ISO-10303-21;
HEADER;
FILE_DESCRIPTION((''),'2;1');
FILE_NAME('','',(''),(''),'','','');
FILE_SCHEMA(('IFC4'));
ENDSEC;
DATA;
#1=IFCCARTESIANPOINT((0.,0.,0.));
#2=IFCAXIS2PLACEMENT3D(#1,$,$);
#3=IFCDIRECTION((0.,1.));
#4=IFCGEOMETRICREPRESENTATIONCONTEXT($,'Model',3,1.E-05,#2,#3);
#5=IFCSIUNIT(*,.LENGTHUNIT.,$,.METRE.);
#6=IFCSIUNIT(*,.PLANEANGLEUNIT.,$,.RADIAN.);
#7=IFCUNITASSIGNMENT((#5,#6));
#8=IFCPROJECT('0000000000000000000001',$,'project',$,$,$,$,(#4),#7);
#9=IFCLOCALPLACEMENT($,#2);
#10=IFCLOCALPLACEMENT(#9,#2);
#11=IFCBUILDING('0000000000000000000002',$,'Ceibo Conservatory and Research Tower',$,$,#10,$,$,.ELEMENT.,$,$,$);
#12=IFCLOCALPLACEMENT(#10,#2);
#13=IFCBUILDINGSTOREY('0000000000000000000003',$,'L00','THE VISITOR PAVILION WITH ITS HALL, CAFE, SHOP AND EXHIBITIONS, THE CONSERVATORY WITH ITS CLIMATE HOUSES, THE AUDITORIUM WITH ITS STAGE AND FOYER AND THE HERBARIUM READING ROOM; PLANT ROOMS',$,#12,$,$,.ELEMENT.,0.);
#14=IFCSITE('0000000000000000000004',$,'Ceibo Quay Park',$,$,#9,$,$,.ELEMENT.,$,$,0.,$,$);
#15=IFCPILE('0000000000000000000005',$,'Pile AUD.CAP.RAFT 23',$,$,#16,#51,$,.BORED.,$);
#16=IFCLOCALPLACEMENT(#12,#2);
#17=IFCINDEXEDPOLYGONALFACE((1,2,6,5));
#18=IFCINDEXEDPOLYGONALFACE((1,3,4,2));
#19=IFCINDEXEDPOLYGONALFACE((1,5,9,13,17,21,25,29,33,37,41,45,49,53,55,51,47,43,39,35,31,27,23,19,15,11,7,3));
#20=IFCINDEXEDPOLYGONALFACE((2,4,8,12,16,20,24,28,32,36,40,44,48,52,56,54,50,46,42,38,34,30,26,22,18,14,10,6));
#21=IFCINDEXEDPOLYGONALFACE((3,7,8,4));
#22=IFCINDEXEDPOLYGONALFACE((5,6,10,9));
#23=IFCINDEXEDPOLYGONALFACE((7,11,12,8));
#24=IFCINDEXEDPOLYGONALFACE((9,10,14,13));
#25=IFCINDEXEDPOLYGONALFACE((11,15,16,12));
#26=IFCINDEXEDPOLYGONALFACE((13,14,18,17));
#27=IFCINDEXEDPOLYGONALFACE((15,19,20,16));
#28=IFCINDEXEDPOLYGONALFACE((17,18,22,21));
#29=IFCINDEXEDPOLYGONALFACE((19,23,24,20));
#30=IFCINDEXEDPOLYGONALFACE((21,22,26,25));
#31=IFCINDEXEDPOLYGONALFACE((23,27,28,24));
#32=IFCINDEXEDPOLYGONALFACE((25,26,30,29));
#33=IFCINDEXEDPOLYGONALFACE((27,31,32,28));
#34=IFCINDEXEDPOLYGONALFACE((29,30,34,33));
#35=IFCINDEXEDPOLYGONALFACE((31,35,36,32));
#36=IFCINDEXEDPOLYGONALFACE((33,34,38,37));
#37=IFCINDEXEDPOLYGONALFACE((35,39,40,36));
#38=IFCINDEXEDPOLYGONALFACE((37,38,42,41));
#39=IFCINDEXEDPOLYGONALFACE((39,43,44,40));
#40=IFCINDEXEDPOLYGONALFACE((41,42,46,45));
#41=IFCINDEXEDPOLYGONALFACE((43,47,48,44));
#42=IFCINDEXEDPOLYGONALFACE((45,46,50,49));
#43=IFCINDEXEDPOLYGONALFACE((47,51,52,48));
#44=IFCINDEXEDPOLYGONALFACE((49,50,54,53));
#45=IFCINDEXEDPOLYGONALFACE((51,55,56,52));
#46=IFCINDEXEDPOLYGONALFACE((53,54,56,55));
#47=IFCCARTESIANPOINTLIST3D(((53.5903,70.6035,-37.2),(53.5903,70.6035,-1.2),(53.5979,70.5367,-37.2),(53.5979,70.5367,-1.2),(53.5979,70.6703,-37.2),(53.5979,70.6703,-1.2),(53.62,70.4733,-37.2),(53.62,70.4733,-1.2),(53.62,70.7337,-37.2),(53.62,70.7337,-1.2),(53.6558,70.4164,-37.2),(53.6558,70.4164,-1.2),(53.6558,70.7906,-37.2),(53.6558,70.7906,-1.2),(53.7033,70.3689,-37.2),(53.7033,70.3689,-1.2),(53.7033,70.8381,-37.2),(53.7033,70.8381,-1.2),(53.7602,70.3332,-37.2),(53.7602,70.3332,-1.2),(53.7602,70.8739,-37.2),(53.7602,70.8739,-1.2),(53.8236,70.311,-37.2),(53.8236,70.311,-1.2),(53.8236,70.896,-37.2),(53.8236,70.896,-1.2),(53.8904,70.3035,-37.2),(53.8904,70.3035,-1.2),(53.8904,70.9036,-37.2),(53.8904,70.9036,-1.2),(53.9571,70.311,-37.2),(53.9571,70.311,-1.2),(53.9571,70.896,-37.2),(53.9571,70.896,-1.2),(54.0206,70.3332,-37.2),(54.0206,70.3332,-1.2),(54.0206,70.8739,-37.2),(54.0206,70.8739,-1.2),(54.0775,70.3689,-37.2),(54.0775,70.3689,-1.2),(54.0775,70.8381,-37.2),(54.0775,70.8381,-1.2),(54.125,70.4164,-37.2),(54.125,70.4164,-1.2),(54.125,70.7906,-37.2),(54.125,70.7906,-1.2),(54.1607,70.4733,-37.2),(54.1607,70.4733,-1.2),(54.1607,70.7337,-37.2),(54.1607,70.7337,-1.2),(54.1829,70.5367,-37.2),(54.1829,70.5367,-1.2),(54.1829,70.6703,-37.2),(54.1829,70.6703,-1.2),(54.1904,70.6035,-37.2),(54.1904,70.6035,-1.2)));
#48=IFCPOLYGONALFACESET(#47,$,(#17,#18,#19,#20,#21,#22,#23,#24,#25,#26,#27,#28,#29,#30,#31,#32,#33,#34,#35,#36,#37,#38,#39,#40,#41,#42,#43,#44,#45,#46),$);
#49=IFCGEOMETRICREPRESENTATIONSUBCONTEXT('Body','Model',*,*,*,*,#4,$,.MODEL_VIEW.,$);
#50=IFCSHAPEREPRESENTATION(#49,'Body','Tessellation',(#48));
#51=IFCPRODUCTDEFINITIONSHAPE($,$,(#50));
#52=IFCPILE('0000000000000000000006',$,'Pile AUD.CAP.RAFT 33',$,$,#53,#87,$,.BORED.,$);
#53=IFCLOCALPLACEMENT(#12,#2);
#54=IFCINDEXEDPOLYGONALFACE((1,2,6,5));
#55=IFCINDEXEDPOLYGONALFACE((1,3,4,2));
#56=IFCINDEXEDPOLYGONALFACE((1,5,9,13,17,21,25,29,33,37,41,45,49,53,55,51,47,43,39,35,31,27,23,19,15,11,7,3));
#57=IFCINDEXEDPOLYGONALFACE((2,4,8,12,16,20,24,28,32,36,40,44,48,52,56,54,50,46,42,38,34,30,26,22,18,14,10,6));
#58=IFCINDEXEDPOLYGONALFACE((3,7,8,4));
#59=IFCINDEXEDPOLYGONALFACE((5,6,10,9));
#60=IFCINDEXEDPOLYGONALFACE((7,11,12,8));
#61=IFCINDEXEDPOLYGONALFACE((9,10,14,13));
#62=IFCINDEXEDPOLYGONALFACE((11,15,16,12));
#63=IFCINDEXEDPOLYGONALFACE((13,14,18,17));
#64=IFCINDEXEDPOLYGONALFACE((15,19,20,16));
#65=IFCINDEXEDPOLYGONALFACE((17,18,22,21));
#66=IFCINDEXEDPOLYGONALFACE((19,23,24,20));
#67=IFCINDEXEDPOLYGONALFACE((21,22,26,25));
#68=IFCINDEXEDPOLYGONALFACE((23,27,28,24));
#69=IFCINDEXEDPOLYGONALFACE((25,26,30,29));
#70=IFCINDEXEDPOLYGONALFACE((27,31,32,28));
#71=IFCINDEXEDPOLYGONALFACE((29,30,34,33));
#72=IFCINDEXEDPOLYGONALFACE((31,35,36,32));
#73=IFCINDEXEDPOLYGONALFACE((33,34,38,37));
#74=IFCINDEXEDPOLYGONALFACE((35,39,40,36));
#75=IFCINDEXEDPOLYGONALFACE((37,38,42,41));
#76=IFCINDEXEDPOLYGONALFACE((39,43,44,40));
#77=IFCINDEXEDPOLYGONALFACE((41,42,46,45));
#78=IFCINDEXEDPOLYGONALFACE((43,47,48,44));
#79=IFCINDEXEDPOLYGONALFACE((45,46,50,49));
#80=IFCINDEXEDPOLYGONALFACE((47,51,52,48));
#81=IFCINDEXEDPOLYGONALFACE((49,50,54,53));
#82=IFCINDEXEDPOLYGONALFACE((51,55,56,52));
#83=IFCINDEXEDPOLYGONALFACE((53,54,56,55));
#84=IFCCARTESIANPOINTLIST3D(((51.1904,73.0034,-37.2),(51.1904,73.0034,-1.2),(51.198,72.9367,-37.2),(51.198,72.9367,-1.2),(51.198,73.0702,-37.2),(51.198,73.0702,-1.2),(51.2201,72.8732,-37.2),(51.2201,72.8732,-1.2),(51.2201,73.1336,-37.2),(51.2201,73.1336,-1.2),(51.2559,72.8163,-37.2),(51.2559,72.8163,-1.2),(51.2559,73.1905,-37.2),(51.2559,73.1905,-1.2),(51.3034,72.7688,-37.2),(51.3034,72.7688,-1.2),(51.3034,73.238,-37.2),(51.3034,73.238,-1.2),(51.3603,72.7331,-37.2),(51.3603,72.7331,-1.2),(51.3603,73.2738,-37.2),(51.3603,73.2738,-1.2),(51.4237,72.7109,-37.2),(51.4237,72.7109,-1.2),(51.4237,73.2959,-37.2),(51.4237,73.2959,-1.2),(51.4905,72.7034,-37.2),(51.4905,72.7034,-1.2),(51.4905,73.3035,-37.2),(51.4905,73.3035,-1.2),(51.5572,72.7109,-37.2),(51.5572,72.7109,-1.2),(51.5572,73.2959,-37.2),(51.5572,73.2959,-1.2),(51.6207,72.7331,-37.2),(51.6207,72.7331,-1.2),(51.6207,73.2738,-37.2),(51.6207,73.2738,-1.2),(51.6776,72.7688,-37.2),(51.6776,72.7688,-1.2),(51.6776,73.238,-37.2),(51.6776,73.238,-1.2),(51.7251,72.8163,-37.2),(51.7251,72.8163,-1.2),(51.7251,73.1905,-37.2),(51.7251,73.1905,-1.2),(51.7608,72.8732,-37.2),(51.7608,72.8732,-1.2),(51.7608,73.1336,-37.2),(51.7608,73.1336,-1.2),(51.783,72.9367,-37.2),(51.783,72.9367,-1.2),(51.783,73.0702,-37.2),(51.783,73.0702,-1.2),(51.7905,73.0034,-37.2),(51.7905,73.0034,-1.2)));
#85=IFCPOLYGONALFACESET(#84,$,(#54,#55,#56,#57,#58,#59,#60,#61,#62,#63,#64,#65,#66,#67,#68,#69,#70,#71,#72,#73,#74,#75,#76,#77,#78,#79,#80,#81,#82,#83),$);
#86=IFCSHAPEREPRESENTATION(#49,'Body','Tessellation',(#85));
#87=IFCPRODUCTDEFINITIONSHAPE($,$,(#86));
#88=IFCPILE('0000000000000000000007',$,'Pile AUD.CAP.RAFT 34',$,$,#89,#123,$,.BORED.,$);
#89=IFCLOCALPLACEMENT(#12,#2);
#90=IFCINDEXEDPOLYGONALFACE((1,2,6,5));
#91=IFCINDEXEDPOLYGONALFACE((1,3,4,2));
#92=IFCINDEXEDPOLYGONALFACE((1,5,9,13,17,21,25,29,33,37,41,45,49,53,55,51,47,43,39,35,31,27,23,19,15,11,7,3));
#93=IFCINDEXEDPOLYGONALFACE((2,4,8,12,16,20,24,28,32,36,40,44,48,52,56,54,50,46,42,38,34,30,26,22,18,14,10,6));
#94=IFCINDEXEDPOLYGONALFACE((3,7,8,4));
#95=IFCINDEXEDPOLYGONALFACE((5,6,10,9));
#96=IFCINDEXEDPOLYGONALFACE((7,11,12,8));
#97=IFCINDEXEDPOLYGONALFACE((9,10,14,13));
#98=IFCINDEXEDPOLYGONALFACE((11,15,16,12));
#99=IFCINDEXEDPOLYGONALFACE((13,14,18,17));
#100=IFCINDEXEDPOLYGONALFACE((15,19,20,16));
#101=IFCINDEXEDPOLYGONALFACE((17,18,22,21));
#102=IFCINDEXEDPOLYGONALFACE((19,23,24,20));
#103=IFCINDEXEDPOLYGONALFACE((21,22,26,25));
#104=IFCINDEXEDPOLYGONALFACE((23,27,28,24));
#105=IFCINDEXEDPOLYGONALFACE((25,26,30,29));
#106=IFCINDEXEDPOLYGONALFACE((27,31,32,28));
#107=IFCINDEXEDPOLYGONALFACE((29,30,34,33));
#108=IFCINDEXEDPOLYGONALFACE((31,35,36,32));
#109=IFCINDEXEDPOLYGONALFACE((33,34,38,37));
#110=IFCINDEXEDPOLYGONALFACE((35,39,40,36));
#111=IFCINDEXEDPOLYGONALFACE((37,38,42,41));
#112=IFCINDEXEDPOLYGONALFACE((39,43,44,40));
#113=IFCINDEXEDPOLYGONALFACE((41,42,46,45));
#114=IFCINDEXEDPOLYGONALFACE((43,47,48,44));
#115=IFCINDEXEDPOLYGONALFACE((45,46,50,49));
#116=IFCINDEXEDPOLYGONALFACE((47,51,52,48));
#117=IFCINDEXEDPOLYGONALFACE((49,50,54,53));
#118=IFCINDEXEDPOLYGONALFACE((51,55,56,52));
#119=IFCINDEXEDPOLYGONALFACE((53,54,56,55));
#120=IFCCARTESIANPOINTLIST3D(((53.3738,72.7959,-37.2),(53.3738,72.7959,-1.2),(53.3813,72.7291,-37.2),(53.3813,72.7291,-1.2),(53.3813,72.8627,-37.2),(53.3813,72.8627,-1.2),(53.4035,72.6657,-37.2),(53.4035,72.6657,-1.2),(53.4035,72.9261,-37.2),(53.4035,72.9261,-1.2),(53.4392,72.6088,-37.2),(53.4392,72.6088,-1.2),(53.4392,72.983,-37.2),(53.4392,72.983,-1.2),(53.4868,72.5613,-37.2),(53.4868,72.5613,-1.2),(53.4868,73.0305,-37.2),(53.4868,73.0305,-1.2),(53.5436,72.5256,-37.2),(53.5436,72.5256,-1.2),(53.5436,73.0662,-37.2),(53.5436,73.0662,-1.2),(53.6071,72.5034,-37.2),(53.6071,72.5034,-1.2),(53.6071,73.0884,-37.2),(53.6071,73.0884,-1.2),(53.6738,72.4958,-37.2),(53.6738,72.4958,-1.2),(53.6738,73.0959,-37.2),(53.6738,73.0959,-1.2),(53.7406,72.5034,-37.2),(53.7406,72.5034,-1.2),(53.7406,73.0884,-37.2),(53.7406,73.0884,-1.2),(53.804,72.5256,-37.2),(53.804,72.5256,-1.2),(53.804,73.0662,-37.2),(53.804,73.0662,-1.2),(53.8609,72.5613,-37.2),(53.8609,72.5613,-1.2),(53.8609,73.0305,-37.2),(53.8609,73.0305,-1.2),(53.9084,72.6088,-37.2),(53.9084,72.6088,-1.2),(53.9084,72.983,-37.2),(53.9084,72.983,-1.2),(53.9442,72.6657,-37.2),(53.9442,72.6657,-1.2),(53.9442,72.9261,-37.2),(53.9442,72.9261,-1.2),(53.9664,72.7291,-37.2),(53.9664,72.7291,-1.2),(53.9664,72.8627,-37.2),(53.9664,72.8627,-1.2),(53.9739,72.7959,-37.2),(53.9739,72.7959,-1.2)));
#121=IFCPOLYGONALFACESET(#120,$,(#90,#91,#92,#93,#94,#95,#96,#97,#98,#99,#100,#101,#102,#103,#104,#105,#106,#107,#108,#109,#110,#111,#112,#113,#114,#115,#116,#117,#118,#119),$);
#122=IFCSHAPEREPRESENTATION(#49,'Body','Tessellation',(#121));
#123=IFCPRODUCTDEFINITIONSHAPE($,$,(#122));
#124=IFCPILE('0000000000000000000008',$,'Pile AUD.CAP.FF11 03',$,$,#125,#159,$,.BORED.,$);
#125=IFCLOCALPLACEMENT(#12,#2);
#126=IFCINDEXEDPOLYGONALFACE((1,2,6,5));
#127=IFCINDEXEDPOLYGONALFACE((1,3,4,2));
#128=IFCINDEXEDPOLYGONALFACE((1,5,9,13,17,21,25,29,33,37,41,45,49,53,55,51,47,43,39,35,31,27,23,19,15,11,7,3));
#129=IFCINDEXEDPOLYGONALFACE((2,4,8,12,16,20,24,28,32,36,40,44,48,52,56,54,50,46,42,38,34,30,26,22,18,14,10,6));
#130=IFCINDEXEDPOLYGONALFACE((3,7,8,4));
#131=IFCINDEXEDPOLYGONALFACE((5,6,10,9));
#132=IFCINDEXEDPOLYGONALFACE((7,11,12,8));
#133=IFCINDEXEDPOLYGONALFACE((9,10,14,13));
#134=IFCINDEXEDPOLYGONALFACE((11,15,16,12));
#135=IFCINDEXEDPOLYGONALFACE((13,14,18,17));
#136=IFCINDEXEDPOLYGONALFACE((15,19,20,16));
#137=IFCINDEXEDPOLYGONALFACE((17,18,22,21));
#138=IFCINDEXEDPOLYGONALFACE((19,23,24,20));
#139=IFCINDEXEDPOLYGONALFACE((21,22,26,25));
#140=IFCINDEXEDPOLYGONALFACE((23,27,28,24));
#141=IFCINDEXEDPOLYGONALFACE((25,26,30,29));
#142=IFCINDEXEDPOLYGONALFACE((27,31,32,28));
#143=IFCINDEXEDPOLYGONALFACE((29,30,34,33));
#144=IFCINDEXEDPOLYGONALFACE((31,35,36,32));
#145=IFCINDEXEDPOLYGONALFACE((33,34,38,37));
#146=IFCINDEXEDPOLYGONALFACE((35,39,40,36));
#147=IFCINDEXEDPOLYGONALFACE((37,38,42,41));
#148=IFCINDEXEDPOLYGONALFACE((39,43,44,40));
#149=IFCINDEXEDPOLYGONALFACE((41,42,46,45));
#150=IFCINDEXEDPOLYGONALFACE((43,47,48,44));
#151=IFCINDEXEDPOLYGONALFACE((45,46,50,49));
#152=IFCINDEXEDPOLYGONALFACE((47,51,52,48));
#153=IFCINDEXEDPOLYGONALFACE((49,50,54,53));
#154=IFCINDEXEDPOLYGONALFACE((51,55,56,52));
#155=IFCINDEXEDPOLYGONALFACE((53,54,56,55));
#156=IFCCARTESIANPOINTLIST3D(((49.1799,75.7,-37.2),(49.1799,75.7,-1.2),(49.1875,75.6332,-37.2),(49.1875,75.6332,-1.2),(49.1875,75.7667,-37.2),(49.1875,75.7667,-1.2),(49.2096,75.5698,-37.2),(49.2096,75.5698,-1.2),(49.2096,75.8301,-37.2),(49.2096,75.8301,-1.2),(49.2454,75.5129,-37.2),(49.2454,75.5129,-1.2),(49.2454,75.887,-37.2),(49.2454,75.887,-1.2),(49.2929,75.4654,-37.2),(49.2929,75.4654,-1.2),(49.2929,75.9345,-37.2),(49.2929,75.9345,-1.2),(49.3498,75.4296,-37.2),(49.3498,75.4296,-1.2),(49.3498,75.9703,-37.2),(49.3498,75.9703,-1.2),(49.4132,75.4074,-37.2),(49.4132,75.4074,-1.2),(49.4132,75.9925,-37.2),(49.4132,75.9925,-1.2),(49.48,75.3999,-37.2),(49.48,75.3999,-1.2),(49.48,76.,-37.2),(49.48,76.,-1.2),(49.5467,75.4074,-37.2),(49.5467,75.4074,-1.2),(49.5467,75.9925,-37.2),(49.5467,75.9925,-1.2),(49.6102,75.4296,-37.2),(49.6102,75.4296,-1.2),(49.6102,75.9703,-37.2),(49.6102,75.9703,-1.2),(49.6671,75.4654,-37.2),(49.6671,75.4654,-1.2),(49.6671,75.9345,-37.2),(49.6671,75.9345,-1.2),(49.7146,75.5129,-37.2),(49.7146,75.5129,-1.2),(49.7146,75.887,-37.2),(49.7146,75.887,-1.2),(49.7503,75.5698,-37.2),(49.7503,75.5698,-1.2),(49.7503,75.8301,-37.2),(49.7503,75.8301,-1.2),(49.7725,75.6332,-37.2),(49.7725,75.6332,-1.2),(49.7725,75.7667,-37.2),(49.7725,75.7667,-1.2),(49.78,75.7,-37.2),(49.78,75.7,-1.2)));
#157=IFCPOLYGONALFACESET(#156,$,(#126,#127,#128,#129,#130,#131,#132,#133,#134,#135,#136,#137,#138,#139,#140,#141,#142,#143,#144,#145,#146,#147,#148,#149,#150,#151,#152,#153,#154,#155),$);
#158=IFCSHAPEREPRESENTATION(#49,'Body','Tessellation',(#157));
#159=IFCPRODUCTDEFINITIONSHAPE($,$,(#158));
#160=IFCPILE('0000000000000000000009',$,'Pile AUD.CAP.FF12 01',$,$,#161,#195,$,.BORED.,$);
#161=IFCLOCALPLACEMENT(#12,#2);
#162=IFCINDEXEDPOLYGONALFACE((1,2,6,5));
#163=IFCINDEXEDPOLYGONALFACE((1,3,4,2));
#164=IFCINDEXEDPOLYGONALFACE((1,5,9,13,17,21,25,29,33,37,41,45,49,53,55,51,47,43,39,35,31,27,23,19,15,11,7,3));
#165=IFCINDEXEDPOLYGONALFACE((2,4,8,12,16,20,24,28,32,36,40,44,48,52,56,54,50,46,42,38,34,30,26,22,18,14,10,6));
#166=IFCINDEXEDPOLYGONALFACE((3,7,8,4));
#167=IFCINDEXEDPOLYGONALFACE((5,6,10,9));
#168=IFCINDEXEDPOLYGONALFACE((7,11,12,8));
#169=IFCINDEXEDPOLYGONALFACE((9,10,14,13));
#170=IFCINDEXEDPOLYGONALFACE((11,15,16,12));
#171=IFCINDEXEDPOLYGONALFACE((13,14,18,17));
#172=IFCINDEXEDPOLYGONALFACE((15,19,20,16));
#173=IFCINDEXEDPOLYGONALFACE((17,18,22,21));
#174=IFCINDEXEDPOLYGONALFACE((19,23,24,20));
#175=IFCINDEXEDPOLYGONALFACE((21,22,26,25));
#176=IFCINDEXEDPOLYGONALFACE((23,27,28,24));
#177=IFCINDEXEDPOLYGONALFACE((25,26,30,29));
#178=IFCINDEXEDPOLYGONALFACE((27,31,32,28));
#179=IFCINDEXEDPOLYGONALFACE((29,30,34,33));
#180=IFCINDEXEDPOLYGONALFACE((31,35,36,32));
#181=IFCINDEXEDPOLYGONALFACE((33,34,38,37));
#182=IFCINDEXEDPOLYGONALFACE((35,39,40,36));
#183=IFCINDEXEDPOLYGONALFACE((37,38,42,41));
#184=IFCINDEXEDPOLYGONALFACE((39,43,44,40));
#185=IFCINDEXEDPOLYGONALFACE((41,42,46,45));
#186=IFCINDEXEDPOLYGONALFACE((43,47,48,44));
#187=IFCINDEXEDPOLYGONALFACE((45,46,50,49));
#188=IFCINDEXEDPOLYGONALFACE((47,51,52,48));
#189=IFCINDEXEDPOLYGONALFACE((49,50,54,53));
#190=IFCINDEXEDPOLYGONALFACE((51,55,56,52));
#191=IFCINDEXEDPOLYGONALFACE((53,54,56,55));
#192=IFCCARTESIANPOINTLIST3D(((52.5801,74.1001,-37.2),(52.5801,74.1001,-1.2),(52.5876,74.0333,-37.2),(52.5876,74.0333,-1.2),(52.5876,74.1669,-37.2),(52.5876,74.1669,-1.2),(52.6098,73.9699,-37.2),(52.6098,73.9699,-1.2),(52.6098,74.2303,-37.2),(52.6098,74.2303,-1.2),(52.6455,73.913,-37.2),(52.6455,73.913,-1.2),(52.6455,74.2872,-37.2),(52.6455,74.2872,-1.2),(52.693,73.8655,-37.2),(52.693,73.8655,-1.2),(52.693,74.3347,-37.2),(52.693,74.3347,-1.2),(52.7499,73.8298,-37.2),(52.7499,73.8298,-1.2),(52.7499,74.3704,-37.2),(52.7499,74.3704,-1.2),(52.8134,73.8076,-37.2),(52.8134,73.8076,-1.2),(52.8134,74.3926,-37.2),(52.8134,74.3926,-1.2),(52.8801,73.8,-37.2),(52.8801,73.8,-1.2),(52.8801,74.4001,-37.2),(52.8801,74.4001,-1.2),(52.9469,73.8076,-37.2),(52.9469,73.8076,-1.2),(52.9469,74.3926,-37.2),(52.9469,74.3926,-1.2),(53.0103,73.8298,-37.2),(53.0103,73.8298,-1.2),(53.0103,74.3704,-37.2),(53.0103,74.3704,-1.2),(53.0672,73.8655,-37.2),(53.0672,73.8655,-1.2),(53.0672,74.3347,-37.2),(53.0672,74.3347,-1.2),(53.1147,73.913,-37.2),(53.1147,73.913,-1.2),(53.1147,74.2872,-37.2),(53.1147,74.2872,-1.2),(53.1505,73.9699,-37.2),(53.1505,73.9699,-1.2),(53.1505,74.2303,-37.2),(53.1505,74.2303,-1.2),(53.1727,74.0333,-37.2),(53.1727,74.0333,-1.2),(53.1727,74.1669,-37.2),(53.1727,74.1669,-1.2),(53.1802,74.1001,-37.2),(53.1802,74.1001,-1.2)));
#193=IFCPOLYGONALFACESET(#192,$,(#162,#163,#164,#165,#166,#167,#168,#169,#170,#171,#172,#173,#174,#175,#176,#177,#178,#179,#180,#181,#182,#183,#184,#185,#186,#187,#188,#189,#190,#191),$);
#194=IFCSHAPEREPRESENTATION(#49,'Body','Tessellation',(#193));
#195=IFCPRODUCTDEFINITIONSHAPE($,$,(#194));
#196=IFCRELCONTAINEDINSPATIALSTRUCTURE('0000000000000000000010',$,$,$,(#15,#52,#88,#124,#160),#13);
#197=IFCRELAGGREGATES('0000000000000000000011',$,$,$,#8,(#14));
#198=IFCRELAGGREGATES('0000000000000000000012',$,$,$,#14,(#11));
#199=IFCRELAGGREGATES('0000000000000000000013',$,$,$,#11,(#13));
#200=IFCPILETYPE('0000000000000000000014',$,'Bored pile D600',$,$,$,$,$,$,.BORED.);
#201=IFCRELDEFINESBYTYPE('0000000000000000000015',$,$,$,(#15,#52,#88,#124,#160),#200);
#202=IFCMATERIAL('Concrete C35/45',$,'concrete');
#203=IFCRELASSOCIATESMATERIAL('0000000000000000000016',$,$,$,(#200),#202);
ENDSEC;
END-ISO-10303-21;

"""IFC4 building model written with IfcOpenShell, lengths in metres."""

from ifc_helpers import new_model, si_unit, direction, frame, origin, origin_2d, place, context, subcontext, project, spatial, circle, extrude, material, material_profile, profile_set, type_object, element, save


model = new_model("IFC4")

# Units and contexts
model_context = context("Model", 3, precision=1e-05, world=origin(), true_north=direction((0.0, 1.0)))
body_context = subcontext(model_context, "Body", "Model", "MODEL_VIEW")
ifc_project = project(units=[si_unit("LENGTHUNIT", "METRE"), si_unit("PLANEANGLEUNIT", "RADIAN")], contexts=[model_context])

# Site, building, storey
site_placement = place(None, origin())
site = spatial("IfcSite", under=ifc_project, at=site_placement, Name="Ceibo Quay Park", CompositionType="ELEMENT", RefElevation=0.0)
building_placement = place(site_placement, origin())
building = spatial("IfcBuilding", under=site, at=building_placement, Name="Ceibo Conservatory and Research Tower", CompositionType="ELEMENT")
storey_placement = place(building_placement, origin())
storey = spatial("IfcBuildingStorey", under=building, at=storey_placement, Name="L00", Description="THE VISITOR PAVILION WITH ITS HALL, CAFE, SHOP AND EXHIBITIONS, THE CONSERVATORY WITH ITS CLIMATE HOUSES, THE AUDITORIUM WITH ITS STAGE AND FOYER AND THE HERBARIUM READING ROOM; PLANT ROOMS", CompositionType="ELEMENT", Elevation=0.0)

# Piles
ifc_material_1 = material(Name="Concrete C35/45", Category="concrete")
ifc_material_profile_1 = material_profile(ifc_material_1, circle(Radius=0.3, at=origin_2d()), Name="RC D600")
ifc_profile_set_1 = profile_set([ifc_material_profile_1], Name="Concrete C35/45")
pile_type = type_object("IfcPileType", Name="Bored pile D600", PredefinedType="BORED", material=ifc_profile_set_1)
for number, where, z_axis, x_axis, name in (
    (1, (53.8904, 70.6035, -1.2), (0.0, 0.0, -1.0), (1.0, 0.0, 0.0), "Pile AUD.CAP.RAFT 23"),
    (2, (51.4905, 73.0034, -1.2), (0.0, 0.0, -1.0), (1.0, 0.0, 0.0), "Pile AUD.CAP.RAFT 33"),
    (3, (53.6738, 72.7959, -1.2), (0.0, 0.0, -1.0), (1.0, 0.0, 0.0), "Pile AUD.CAP.RAFT 34"),
    (4, (49.48, 75.7, -1.2), (0.0, 0.0, -1.0), (1.0, 0.0, 0.0), "Pile AUD.CAP.FF11 03"),
    (5, (52.8801, 74.1001, -1.2), (0.0, 0.0, -1.0), (1.0, 0.0, 0.0), "Pile AUD.CAP.FF12 01"),
):
    element("IfcPile", number, at=place(storey_placement, frame(where, z_axis=z_axis, x_axis=x_axis)), inside=storey, type_object=pile_type, Name=name, PredefinedType="BORED", context=body_context, shape_type="SweptSolid", body=[
        extrude(circle(Radius=0.3, at=origin_2d()), origin(), (0.0, 0.0, 1.0), 36.0),
    ])

save(model, "model.ifc")
